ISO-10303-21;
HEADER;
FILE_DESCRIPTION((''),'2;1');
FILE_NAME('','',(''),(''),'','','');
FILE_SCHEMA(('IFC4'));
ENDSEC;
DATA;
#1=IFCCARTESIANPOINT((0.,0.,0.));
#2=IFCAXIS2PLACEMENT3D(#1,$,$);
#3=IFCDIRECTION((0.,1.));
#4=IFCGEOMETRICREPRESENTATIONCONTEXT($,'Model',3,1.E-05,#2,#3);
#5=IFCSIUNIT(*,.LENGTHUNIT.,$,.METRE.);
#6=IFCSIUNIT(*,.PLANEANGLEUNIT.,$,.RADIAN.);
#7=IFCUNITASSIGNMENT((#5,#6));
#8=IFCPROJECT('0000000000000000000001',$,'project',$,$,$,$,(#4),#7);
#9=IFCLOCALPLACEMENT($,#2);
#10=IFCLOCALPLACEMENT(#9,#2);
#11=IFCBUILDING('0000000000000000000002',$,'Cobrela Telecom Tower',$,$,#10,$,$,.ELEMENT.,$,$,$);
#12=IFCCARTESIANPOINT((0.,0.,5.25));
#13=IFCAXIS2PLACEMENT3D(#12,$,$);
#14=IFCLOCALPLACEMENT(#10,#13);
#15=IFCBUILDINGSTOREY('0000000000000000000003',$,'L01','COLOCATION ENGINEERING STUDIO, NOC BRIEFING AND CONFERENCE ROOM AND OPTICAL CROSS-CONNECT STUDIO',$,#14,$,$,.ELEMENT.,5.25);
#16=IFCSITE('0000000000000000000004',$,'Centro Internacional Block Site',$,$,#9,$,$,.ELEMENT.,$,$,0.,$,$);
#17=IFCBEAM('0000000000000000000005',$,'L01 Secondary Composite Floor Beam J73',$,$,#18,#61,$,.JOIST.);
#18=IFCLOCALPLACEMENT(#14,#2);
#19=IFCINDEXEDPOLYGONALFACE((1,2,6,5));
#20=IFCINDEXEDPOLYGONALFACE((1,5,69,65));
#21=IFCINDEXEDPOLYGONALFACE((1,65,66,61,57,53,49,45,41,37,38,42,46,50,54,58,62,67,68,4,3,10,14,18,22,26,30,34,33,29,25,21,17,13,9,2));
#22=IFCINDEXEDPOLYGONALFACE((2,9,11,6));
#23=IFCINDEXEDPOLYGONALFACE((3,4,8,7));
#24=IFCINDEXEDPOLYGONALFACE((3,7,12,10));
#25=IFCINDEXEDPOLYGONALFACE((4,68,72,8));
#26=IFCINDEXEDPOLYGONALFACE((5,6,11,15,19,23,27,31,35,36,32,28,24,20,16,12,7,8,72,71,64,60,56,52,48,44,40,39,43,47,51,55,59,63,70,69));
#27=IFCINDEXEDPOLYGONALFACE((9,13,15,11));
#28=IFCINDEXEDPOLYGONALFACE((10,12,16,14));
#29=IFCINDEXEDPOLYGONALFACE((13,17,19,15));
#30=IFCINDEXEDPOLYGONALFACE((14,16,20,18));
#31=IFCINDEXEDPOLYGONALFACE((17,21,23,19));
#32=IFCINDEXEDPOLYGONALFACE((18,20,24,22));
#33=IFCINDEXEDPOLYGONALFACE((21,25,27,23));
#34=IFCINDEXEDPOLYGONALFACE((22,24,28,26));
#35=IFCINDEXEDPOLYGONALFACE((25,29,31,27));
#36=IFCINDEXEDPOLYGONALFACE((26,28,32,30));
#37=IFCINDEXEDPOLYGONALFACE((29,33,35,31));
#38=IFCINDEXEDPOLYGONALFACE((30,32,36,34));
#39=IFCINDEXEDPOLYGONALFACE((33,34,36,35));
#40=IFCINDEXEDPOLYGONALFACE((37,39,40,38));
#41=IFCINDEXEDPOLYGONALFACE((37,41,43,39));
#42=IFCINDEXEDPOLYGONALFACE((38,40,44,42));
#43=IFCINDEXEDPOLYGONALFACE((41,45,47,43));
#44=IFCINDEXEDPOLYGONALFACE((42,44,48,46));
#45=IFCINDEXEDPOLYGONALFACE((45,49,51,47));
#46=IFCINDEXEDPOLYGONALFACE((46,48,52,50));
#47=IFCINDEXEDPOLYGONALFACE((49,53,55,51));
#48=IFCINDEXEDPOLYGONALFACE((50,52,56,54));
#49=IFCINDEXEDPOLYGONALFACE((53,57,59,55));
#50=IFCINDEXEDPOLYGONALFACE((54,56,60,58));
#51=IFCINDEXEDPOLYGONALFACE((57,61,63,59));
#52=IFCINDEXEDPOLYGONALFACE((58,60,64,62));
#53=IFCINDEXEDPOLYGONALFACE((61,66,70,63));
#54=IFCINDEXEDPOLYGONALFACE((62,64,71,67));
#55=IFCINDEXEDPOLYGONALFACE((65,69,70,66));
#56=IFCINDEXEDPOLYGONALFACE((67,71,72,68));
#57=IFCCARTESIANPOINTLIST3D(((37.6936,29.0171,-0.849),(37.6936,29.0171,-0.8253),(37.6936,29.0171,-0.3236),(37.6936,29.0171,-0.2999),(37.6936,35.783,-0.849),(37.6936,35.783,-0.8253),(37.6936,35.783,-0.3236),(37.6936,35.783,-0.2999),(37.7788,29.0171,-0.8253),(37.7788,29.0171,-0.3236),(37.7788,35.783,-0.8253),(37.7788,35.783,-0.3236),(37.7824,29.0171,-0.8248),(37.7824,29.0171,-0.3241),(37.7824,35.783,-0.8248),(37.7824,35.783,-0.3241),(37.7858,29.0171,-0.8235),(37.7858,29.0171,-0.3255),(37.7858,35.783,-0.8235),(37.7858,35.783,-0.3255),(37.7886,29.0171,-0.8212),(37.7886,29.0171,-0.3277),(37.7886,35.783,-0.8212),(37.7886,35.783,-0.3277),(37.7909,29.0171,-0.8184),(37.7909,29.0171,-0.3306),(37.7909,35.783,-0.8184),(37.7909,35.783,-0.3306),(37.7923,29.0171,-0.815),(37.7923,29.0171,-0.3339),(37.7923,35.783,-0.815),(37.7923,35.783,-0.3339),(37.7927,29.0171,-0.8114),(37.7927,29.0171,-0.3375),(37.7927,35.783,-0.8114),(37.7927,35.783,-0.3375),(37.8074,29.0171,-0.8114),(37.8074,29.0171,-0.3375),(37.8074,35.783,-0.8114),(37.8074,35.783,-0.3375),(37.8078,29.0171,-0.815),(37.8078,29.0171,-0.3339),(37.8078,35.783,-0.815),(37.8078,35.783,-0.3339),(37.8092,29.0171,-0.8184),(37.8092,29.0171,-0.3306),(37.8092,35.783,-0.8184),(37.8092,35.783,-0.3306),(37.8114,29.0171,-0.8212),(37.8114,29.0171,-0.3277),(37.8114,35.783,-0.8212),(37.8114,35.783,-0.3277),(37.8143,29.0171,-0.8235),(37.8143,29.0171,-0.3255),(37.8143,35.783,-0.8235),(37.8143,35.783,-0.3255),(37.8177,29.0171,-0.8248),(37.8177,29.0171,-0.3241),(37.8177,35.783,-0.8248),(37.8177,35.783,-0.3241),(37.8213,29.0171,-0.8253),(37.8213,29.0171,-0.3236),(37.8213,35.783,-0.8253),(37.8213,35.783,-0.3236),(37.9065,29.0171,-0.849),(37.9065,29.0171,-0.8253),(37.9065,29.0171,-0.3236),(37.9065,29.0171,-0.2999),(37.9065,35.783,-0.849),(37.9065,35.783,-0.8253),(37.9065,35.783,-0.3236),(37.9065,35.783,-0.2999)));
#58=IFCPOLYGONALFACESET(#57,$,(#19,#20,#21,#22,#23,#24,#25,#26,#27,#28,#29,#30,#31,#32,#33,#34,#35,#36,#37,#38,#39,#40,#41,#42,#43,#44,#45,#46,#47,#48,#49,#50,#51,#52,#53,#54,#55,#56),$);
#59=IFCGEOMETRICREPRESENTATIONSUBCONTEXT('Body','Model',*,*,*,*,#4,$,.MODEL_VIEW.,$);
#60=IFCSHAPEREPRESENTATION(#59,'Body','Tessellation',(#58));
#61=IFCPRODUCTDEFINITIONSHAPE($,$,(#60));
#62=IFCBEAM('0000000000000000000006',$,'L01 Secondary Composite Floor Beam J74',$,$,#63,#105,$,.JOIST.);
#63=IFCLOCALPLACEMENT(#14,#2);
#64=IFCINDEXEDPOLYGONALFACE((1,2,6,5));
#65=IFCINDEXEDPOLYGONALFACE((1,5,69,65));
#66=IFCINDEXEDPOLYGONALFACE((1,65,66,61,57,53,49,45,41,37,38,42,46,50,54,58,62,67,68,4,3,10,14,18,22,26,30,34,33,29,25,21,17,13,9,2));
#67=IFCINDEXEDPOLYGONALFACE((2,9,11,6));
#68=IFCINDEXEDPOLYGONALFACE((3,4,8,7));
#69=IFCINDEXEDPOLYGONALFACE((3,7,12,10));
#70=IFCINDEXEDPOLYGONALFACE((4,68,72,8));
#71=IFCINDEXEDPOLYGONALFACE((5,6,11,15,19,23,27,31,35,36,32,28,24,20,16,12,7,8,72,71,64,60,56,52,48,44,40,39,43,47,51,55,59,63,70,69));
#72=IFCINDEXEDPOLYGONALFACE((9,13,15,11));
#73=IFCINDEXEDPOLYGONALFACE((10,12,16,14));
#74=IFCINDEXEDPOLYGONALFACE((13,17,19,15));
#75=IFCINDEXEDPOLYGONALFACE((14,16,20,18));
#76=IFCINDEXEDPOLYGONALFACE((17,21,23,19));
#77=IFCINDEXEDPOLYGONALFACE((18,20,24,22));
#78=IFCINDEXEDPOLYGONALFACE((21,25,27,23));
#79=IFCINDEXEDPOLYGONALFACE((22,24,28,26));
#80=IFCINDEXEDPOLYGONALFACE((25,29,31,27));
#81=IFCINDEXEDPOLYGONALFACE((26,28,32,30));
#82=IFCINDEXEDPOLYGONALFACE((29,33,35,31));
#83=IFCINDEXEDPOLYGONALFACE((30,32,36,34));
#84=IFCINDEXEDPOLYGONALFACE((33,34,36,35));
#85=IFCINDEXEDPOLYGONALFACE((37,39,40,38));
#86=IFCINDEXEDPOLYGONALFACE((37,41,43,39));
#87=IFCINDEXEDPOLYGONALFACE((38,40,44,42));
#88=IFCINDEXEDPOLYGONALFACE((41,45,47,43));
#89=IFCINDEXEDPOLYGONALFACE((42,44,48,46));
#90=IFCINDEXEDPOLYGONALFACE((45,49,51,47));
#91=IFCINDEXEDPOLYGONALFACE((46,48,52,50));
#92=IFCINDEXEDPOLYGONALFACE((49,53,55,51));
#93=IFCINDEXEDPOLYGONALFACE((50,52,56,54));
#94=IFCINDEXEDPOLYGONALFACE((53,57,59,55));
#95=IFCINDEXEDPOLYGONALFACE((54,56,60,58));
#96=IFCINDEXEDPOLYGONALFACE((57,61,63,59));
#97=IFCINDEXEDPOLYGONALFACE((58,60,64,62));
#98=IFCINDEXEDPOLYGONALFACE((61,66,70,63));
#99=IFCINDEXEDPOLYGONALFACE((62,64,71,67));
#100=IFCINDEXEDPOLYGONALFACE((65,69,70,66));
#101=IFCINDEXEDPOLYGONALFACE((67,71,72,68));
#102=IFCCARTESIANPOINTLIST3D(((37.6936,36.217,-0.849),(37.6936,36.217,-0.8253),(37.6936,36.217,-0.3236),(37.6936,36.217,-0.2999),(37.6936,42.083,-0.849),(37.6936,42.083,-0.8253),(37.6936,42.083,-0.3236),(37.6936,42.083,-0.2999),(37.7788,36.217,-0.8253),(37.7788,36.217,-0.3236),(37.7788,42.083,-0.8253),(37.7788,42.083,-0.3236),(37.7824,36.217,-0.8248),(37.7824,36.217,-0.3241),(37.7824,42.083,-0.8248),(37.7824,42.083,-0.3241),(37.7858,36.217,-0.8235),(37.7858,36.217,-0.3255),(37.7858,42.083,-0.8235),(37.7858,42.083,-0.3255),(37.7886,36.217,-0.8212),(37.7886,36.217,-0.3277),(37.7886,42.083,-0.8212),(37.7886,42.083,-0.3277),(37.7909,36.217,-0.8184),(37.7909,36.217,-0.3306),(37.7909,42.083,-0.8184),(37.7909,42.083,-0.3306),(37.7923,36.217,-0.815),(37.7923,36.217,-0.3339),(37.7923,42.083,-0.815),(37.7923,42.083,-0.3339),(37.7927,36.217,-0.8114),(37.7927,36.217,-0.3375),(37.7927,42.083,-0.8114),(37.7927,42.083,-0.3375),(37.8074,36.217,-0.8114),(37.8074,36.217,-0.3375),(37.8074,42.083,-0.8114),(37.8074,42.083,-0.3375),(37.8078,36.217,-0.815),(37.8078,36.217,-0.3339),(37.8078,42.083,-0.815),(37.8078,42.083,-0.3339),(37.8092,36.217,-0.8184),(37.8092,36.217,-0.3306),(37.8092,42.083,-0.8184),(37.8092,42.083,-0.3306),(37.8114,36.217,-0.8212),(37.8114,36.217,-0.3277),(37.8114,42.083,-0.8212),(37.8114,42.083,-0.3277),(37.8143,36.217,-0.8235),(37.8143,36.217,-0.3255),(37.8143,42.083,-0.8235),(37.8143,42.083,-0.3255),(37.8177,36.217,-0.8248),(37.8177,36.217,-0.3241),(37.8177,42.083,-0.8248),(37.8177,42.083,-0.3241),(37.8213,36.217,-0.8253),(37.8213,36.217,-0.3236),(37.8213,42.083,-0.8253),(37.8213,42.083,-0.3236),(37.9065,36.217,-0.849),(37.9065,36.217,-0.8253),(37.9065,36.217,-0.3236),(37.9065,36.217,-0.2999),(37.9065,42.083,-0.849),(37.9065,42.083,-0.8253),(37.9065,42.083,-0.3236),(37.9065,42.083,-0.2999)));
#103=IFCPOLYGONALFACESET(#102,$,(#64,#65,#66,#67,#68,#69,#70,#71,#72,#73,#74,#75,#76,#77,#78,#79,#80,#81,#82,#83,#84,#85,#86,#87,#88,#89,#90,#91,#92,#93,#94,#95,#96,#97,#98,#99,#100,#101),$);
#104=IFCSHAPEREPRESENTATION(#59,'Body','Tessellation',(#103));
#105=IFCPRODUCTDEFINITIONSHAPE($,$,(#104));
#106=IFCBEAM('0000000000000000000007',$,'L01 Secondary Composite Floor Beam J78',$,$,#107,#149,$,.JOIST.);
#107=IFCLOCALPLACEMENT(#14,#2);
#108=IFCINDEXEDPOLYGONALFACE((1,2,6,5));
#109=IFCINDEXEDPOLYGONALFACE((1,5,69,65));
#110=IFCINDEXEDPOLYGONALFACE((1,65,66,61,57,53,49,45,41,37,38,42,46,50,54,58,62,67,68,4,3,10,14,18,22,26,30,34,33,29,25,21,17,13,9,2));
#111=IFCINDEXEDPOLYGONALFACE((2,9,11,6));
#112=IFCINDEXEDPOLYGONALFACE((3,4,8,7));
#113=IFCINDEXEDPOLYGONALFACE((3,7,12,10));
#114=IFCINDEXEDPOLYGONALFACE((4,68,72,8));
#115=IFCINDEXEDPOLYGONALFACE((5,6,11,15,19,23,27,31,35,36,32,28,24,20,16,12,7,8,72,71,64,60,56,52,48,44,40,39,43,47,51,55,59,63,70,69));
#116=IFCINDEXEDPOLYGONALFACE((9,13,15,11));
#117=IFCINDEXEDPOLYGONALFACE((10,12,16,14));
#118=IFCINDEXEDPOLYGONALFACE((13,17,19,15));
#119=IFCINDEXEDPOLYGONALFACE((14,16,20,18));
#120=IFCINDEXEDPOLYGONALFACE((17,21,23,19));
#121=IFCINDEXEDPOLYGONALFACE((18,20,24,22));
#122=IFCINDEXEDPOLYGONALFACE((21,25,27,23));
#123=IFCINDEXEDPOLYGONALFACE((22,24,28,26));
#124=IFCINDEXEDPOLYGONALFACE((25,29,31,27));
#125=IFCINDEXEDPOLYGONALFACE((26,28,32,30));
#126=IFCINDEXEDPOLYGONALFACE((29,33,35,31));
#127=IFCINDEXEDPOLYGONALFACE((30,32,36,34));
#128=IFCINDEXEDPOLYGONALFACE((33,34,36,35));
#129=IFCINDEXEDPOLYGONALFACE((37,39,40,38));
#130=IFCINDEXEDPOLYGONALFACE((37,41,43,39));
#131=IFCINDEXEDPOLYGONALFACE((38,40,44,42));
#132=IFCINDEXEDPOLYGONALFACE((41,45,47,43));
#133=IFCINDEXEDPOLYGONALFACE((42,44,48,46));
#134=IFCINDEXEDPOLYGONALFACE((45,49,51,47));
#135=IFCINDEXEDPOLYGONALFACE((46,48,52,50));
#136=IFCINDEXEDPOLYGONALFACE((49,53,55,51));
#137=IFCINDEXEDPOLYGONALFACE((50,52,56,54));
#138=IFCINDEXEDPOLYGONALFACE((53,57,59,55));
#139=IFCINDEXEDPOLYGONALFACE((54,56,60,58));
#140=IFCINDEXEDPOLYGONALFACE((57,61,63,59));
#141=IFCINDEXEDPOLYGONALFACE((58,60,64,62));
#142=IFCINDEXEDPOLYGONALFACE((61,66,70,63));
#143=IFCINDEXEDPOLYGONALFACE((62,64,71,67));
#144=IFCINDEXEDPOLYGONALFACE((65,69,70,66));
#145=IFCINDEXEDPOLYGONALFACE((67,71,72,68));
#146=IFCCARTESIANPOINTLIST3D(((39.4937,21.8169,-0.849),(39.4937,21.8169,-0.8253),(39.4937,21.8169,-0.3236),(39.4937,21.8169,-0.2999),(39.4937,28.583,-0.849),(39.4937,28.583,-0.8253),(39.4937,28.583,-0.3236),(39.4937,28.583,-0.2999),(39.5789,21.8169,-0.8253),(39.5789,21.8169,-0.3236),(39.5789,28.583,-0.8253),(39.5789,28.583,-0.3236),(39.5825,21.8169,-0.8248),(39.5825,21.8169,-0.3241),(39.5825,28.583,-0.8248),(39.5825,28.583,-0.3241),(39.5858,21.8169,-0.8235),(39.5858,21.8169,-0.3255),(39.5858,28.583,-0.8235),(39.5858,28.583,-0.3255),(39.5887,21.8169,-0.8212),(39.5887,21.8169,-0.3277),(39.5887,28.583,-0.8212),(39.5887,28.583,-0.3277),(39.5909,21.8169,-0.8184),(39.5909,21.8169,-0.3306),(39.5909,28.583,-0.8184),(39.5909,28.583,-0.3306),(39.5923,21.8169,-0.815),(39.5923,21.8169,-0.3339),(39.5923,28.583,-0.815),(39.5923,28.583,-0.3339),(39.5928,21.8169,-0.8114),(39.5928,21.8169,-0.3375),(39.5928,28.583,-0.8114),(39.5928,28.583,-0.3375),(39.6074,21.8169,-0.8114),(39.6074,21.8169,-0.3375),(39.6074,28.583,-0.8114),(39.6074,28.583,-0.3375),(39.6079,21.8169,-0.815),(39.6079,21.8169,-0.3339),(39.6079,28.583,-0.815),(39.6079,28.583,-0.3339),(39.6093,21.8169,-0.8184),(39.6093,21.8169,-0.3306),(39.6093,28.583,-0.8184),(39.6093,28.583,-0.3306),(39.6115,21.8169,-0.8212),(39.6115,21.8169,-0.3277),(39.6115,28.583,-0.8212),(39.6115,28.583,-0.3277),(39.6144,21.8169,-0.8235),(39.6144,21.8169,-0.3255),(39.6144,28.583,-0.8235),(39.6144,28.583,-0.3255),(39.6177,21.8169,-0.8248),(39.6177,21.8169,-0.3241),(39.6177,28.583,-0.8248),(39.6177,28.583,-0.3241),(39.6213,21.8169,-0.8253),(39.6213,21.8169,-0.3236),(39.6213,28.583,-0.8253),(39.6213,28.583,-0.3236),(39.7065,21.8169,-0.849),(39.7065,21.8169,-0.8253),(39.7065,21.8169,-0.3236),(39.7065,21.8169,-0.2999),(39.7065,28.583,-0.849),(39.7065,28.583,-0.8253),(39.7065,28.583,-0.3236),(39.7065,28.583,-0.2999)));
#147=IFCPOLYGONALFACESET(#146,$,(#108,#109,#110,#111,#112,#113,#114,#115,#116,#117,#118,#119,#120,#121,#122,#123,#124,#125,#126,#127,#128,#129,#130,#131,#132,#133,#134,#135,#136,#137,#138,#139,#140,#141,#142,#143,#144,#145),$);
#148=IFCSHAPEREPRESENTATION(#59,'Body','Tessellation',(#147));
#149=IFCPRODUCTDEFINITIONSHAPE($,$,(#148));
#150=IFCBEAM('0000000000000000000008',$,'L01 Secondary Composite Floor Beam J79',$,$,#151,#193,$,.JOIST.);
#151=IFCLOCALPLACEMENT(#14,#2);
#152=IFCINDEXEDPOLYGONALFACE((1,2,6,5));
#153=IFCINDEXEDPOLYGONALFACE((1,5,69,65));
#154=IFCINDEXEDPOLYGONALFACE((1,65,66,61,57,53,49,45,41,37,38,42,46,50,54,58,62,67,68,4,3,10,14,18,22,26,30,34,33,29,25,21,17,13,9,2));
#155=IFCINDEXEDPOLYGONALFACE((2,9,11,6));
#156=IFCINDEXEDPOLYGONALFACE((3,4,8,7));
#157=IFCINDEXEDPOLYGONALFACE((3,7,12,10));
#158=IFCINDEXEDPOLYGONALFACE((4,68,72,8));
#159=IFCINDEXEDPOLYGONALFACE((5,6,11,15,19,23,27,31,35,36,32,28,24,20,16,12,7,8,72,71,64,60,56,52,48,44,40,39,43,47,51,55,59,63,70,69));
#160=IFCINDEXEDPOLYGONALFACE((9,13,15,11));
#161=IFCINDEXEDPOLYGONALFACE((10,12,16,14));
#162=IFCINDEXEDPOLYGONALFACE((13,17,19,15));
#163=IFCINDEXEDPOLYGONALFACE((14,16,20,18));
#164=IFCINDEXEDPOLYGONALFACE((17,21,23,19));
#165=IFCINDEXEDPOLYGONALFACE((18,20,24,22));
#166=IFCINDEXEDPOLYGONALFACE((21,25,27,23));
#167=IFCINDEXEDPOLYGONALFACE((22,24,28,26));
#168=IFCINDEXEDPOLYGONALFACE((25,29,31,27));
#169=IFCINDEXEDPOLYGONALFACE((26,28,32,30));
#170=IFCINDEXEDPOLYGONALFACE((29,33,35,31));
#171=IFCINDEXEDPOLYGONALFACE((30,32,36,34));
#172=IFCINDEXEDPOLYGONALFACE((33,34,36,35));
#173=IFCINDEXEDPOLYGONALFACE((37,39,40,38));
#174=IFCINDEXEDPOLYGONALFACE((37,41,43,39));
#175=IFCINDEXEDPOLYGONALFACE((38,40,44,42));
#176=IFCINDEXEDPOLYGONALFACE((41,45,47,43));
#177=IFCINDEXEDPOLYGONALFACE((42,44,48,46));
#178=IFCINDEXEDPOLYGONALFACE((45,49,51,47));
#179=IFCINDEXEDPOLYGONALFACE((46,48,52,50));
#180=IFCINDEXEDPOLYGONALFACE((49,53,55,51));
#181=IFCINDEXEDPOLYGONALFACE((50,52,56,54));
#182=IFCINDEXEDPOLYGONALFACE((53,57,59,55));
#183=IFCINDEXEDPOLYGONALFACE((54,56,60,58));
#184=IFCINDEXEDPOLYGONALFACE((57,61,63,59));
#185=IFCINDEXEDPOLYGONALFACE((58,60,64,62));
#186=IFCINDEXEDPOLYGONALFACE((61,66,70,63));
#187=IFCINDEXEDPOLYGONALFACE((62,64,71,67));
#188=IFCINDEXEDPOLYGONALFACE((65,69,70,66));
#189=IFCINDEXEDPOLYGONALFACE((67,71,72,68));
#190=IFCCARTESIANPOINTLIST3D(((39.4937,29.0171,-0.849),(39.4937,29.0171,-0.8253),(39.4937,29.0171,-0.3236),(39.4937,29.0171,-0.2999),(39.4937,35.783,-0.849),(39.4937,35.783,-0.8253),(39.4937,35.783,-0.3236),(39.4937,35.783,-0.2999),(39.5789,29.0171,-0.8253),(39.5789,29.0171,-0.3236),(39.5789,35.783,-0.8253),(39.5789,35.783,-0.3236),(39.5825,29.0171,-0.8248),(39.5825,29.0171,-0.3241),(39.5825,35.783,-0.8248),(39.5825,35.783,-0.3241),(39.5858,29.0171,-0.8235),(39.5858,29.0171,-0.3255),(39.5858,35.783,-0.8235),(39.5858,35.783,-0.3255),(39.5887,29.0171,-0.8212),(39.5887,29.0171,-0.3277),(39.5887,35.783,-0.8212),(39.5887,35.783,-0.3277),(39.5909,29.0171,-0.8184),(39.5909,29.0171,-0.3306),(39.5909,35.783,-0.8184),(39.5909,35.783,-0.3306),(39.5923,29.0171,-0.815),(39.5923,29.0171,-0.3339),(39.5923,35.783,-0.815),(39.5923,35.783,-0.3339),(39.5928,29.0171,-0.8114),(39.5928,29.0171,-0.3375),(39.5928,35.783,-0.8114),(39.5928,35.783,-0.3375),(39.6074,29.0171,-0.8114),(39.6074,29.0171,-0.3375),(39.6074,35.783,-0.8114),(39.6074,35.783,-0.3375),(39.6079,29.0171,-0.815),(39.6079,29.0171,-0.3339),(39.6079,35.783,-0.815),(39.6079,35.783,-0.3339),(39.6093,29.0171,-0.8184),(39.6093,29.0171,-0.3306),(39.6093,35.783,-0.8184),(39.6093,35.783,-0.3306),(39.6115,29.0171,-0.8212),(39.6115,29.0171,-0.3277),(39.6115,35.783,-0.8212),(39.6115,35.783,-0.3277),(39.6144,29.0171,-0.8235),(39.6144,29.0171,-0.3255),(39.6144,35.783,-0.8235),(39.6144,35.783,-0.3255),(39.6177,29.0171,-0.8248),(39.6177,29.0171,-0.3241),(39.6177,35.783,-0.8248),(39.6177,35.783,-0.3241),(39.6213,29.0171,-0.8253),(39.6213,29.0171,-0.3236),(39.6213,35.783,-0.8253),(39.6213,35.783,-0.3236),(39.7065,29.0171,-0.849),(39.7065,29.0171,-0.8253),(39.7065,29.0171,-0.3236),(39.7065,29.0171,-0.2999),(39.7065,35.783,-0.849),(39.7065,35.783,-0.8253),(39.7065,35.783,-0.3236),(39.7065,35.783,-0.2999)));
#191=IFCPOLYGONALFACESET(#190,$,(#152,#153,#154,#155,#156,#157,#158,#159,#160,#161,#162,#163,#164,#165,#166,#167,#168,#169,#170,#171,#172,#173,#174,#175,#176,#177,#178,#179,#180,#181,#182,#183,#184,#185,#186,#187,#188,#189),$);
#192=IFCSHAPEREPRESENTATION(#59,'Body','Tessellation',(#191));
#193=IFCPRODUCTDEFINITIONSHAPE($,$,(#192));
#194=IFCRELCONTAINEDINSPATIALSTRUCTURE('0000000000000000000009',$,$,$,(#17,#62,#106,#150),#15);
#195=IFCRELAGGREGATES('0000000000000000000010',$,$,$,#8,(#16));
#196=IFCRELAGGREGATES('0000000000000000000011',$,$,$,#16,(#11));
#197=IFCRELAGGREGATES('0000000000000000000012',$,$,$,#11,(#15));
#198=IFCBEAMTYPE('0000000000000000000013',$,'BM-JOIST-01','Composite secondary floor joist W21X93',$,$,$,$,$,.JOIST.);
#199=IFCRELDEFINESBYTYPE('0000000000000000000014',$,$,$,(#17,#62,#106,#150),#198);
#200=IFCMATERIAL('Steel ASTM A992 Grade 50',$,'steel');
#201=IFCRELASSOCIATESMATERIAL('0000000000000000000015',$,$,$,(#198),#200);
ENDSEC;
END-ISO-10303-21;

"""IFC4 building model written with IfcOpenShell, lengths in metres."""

from ifc_helpers import new_model, si_unit, direction, frame, origin, origin_2d, place, context, subcontext, project, spatial, i_section, extrude, material, material_profile, profile_set, type_object, element, save


model = new_model("IFC4")

# Units and contexts
model_context = context("Model", 3, precision=1e-05, world=origin(), true_north=direction((0.0, 1.0)))
body_context = subcontext(model_context, "Body", "Model", "MODEL_VIEW")
ifc_project = project(units=[si_unit("LENGTHUNIT", "METRE"), si_unit("PLANEANGLEUNIT", "RADIAN")], contexts=[model_context])

# Site, building, storey
site_placement = place(None, origin())
site = spatial("IfcSite", under=ifc_project, at=site_placement, Name="Centro Internacional Block Site", CompositionType="ELEMENT", RefElevation=0.0)
building_placement = place(site_placement, origin())
building = spatial("IfcBuilding", under=site, at=building_placement, Name="Cobrela Telecom Tower", CompositionType="ELEMENT")
storey_placement = place(building_placement, frame((0.0, 0.0, 5.25)))
storey = spatial("IfcBuildingStorey", under=building, at=storey_placement, Name="L01", Description="COLOCATION ENGINEERING STUDIO, NOC BRIEFING AND CONFERENCE ROOM AND OPTICAL CROSS-CONNECT STUDIO", CompositionType="ELEMENT", Elevation=5.25)

# Beams
ifc_material_1 = material(Name="Steel ASTM A992 Grade 50", Category="steel")
ifc_material_profile_1 = material_profile(ifc_material_1, i_section(OverallWidth=0.2129, OverallDepth=0.5491, WebThickness=0.0146, FlangeThickness=0.0237, FilletRadius=0.0139, at=origin_2d()), Name="W21X93")
ifc_profile_set_1 = profile_set([ifc_material_profile_1], Name="Steel ASTM A992 Grade 50")
beam_type_1 = type_object("IfcBeamType", Name="BM-JOIST-01", Description="Composite secondary floor joist W21X93", PredefinedType="JOIST", material=ifc_profile_set_1)
beam_1_placement = place(storey_placement, frame((37.8, 29.0171, -0.5745), z_axis=(0.0, 1.0, 0.0), x_axis=(-1.0, 0.0, 0.0)))
element("IfcBeam", 1, at=beam_1_placement, inside=storey, type_object=beam_type_1, Name="L01 Secondary Composite Floor Beam J73", PredefinedType="JOIST", context=body_context, shape_type="SweptSolid", body=[
    extrude(i_section(OverallWidth=0.2129, OverallDepth=0.5491, WebThickness=0.0146, FlangeThickness=0.0237, FilletRadius=0.0139, at=origin_2d()), origin(), (0.0, 0.0, 1.0), 6.7659),
])
beam_2_placement = place(storey_placement, frame((37.8, 36.217, -0.5745), z_axis=(0.0, 1.0, 0.0), x_axis=(-1.0, 0.0, 0.0)))
element("IfcBeam", 2, at=beam_2_placement, inside=storey, type_object=beam_type_1, Name="L01 Secondary Composite Floor Beam J74", PredefinedType="JOIST", context=body_context, shape_type="SweptSolid", body=[
    extrude(i_section(OverallWidth=0.2129, OverallDepth=0.5491, WebThickness=0.0146, FlangeThickness=0.0237, FilletRadius=0.0139, at=origin_2d()), origin(), (0.0, 0.0, 1.0), 5.866),
])
beam_3_placement = place(storey_placement, frame((39.6001, 21.8169, -0.5745), z_axis=(0.0, 1.0, 0.0), x_axis=(-1.0, 0.0, 0.0)))
element("IfcBeam", 3, at=beam_3_placement, inside=storey, type_object=beam_type_1, Name="L01 Secondary Composite Floor Beam J78", PredefinedType="JOIST", context=body_context, shape_type="SweptSolid", body=[
    extrude(i_section(OverallWidth=0.2129, OverallDepth=0.5491, WebThickness=0.0146, FlangeThickness=0.0237, FilletRadius=0.0139, at=origin_2d()), origin(), (0.0, 0.0, 1.0), 6.7661),
])
beam_4_placement = place(storey_placement, frame((39.6001, 29.0171, -0.5745), z_axis=(0.0, 1.0, 0.0), x_axis=(-1.0, 0.0, 0.0)))
element("IfcBeam", 4, at=beam_4_placement, inside=storey, type_object=beam_type_1, Name="L01 Secondary Composite Floor Beam J79", PredefinedType="JOIST", context=body_context, shape_type="SweptSolid", body=[
    extrude(i_section(OverallWidth=0.2129, OverallDepth=0.5491, WebThickness=0.0146, FlangeThickness=0.0237, FilletRadius=0.0139, at=origin_2d()), origin(), (0.0, 0.0, 1.0), 6.7659),
])

save(model, "model.ifc")
